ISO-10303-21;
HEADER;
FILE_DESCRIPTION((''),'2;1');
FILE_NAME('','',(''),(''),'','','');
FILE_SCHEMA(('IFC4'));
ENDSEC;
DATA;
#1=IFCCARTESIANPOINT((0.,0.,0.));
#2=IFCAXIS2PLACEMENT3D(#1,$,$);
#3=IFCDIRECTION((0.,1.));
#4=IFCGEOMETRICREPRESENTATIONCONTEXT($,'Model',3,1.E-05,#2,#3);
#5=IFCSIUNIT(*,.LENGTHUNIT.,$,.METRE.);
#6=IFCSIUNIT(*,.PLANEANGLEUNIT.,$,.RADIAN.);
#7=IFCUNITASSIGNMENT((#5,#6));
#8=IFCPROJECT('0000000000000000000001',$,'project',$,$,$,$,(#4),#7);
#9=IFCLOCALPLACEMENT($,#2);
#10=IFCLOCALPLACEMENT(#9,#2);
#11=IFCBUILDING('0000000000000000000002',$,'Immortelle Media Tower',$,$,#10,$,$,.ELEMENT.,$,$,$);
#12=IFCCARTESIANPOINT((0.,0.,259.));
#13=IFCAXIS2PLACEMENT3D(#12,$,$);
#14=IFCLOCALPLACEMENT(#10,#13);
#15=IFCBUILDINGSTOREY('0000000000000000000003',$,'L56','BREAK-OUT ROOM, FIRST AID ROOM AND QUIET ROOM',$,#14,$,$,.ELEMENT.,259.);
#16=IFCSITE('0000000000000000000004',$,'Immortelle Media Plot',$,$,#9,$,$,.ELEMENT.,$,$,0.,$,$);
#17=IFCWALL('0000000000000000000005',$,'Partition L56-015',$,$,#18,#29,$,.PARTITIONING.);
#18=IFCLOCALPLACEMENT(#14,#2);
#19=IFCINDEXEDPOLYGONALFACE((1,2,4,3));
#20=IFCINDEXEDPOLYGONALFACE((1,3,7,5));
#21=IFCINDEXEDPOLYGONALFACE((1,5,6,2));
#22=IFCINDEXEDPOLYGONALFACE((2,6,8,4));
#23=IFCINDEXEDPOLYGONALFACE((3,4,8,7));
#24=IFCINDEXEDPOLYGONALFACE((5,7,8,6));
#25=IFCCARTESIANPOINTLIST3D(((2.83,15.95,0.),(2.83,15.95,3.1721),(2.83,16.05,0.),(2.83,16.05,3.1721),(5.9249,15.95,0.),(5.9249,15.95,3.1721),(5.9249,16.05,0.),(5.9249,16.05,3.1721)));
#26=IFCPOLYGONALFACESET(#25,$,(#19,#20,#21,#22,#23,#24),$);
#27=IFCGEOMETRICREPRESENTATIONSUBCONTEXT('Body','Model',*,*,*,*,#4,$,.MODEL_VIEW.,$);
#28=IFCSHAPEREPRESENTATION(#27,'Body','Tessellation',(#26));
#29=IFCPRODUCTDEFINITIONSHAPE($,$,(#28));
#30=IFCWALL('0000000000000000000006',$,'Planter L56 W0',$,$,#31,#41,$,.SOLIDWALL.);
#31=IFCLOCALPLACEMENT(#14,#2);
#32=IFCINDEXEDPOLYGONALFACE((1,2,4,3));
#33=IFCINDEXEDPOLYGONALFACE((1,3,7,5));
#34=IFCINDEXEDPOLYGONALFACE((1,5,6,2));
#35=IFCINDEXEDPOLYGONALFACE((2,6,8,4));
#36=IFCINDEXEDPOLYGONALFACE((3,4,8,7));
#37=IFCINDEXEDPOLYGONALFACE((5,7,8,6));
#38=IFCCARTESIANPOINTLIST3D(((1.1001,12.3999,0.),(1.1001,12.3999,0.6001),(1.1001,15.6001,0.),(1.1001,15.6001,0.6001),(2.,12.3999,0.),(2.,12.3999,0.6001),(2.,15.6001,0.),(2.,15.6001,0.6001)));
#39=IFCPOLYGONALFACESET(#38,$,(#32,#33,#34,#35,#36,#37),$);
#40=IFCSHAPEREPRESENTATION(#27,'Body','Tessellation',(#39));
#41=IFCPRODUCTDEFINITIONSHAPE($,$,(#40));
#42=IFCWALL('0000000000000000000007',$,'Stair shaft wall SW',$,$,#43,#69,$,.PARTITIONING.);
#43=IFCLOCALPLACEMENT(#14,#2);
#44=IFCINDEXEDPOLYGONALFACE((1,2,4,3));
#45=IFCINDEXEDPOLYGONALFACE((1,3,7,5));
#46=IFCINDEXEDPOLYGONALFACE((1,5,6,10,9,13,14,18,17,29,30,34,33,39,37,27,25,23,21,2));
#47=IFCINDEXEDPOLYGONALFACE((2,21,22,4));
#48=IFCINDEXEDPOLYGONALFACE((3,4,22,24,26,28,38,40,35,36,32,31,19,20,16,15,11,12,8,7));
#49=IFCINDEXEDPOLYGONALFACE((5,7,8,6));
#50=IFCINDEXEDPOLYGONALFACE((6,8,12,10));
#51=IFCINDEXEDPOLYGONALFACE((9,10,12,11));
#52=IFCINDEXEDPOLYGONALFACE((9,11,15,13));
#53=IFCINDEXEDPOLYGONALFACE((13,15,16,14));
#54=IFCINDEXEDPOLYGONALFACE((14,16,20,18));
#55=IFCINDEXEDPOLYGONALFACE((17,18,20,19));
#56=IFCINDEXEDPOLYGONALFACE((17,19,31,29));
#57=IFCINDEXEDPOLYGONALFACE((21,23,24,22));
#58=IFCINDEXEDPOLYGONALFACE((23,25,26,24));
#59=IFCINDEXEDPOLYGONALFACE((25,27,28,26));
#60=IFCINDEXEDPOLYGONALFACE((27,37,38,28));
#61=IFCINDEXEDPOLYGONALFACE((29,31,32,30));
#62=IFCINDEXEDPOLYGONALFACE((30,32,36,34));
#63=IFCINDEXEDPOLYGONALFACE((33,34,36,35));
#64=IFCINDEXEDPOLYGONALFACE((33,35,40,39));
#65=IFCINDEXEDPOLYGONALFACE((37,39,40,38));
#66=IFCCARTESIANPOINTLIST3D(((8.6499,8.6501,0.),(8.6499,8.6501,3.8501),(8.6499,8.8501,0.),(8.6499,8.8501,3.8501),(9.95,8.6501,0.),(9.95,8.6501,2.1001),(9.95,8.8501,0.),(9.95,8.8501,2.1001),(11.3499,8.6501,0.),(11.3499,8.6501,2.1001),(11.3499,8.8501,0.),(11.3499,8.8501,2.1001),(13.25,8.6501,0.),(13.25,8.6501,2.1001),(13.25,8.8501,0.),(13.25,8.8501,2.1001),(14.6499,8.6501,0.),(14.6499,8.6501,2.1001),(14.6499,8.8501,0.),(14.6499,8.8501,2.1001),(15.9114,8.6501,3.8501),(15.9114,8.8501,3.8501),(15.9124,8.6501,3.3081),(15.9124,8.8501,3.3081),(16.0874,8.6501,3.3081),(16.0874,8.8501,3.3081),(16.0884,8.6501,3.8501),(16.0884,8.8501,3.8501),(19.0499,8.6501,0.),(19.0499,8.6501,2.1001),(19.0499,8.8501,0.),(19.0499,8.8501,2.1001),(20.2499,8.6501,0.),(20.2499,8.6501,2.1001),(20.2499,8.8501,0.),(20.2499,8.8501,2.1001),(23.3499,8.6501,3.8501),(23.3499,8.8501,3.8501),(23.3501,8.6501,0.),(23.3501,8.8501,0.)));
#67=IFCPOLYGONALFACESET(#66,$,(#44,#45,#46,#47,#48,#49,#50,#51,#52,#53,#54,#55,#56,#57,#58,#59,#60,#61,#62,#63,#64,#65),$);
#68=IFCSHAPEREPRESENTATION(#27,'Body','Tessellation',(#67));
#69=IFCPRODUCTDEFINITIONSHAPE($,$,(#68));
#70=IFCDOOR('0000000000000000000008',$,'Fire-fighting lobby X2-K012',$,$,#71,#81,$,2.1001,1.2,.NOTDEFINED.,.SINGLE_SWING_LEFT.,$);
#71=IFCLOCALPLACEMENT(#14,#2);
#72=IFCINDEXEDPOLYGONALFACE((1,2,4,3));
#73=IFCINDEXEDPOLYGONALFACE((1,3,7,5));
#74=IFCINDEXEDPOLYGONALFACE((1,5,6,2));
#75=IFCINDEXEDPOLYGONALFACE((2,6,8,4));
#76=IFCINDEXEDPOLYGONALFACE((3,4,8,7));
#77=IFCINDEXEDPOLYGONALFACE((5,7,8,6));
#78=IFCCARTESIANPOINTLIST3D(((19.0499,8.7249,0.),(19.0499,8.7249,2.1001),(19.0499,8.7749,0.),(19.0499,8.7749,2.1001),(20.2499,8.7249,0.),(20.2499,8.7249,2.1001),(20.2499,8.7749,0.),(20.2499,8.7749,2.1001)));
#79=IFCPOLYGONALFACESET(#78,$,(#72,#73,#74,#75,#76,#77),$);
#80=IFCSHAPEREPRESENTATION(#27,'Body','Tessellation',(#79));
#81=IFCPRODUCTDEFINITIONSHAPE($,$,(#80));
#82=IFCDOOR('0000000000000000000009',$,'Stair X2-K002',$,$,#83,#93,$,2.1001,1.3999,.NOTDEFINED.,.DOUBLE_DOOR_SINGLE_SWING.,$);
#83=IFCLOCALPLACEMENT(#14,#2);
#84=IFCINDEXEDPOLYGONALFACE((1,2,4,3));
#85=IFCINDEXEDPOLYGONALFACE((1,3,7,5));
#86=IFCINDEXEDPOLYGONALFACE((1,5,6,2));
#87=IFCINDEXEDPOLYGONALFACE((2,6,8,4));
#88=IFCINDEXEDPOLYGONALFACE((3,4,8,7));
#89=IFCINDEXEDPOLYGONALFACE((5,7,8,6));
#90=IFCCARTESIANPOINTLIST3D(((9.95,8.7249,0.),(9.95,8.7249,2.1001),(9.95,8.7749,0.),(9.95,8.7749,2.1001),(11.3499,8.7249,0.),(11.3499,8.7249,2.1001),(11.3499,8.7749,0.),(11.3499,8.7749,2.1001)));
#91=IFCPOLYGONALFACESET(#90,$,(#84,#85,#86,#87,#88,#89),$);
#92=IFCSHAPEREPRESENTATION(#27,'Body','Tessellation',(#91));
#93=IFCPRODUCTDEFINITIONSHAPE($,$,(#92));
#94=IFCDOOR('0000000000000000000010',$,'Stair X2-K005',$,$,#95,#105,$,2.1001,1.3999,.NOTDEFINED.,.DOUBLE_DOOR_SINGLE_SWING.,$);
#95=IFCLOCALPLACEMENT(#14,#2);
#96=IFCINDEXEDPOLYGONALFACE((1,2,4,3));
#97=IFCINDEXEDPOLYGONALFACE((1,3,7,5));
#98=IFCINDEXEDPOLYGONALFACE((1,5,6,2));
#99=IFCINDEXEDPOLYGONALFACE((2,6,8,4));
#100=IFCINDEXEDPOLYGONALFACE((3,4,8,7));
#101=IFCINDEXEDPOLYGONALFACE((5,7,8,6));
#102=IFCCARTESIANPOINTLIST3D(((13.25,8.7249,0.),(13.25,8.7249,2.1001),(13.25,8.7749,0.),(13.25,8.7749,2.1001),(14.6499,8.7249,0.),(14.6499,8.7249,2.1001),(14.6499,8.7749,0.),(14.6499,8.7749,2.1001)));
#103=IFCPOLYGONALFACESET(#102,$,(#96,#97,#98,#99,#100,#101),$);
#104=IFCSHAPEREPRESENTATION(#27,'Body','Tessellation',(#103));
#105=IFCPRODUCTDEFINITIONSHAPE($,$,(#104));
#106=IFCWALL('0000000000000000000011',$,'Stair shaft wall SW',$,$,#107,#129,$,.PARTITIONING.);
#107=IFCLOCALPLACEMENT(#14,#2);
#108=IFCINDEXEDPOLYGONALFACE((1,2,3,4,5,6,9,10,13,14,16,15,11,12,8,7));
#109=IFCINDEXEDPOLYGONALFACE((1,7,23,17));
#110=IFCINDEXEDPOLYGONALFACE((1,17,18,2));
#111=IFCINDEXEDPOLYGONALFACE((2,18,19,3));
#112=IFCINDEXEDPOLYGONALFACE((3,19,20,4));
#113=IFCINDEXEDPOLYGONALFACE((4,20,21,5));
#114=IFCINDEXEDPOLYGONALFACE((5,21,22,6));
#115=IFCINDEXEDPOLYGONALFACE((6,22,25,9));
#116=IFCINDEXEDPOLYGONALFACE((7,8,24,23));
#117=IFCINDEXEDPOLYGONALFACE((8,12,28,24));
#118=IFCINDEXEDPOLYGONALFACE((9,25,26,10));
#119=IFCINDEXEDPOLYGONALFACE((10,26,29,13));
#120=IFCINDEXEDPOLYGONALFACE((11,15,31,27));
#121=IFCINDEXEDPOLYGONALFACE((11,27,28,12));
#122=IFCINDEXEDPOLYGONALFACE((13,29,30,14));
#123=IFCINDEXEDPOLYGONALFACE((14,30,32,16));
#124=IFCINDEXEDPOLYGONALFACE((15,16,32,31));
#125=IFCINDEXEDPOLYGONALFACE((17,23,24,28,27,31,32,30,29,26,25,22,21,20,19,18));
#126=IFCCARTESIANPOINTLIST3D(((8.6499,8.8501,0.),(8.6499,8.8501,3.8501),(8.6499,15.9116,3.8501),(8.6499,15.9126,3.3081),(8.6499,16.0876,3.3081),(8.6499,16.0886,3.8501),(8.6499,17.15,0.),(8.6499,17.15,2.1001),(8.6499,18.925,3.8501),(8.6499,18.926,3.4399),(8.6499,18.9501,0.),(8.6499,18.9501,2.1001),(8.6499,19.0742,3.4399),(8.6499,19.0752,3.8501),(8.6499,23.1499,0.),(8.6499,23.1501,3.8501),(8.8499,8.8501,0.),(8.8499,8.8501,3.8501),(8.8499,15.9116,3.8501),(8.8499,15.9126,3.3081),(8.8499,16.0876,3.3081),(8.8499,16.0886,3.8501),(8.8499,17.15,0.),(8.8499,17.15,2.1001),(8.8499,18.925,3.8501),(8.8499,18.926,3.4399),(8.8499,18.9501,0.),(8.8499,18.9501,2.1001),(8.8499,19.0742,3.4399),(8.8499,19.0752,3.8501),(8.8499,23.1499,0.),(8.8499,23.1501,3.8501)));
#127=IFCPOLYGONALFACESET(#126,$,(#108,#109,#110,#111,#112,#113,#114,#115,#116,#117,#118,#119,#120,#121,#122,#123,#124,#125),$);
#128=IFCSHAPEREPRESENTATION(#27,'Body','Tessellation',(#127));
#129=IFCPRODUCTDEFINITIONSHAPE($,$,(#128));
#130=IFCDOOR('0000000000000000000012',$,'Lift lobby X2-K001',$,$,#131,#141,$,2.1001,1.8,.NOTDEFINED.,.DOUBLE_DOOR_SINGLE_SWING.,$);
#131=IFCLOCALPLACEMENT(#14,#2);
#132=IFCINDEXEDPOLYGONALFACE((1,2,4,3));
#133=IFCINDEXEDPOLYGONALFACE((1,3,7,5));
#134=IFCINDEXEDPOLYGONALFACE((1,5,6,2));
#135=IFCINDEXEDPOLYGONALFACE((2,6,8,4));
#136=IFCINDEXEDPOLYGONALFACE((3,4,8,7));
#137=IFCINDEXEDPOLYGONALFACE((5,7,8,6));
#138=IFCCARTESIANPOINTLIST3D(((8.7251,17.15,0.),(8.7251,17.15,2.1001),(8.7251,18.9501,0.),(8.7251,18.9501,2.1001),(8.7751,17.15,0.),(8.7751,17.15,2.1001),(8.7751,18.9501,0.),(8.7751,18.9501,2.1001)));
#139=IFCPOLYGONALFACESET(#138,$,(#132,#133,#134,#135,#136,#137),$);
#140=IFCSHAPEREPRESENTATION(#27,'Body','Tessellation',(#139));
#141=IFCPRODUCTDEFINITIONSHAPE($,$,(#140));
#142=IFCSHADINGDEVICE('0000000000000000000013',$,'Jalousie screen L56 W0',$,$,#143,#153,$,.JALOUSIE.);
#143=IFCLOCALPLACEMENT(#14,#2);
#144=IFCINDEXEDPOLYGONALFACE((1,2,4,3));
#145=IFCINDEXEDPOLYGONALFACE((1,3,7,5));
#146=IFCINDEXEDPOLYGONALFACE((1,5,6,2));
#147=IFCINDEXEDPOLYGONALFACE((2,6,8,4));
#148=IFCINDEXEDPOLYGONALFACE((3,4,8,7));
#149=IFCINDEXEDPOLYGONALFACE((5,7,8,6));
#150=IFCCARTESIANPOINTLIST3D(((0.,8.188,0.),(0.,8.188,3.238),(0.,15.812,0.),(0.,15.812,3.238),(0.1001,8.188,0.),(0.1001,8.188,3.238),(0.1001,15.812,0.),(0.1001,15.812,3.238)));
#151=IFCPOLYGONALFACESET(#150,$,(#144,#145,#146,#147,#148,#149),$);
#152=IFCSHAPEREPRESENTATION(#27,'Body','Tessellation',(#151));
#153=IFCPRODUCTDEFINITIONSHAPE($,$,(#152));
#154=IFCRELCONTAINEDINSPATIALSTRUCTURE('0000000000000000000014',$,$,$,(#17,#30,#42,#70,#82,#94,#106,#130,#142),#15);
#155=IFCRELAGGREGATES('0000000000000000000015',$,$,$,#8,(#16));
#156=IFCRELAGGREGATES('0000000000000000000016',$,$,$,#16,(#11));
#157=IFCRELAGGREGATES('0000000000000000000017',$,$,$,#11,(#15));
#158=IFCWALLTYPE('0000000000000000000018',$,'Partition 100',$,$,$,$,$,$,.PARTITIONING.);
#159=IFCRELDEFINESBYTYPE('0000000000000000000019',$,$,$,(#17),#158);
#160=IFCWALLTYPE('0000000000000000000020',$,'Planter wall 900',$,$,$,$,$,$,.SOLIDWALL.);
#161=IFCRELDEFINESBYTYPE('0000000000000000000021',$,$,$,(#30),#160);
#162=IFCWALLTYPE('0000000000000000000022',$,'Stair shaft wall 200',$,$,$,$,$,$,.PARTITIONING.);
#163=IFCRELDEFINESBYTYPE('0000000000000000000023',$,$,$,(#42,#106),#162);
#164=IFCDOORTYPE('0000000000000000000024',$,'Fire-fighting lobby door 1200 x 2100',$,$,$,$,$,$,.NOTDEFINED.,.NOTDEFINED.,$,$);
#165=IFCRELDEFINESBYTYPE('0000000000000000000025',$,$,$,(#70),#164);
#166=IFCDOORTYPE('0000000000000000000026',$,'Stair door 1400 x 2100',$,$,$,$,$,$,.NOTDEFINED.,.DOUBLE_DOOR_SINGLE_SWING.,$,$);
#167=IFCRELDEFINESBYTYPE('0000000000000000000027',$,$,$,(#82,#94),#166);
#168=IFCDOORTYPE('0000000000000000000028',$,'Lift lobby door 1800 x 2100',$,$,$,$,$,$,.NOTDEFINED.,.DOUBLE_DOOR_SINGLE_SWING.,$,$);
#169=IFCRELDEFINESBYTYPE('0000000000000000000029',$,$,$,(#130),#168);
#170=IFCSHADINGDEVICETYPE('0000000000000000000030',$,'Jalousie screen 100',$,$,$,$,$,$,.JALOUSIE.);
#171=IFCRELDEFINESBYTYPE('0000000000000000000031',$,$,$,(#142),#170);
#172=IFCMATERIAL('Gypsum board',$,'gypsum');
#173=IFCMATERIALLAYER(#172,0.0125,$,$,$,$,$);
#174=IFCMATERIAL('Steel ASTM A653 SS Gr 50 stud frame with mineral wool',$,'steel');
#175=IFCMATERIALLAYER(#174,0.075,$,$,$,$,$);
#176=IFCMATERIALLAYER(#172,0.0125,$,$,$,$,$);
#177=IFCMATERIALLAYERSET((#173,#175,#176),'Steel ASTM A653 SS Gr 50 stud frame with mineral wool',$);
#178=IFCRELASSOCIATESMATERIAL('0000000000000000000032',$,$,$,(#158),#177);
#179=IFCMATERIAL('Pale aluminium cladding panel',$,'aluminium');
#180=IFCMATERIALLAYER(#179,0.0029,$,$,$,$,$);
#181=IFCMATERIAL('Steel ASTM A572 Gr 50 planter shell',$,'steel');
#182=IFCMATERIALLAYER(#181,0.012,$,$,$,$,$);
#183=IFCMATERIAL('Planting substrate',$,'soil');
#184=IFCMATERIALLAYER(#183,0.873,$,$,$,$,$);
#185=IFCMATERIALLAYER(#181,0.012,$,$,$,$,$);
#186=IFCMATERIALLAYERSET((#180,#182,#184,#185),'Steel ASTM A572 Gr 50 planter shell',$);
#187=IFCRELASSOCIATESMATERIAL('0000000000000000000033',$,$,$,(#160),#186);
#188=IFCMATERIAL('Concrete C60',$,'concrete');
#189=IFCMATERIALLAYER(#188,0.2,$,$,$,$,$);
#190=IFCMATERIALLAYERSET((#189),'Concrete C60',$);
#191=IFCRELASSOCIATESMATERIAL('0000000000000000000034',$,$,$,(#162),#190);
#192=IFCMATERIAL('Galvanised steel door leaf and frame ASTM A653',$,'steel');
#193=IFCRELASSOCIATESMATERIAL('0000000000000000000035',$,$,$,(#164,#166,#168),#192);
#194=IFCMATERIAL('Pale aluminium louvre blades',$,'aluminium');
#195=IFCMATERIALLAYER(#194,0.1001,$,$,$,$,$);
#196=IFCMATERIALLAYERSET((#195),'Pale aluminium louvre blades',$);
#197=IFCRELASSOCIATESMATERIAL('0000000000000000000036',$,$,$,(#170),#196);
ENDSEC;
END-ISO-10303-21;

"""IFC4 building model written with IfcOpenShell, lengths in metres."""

from ifc_helpers import new_model, si_unit, direction, frame, frame_2d, origin, origin_2d, place, context, subcontext, project, spatial, polyline, rectangle, outline, extrude, material, layer, layer_set, type_object, element, fill, save


model = new_model("IFC4")

# Units and contexts
model_context = context("Model", 3, precision=1e-05, world=origin(), true_north=direction((0.0, 1.0)))
body_context = subcontext(model_context, "Body", "Model", "MODEL_VIEW")
ifc_project = project(units=[si_unit("LENGTHUNIT", "METRE"), si_unit("PLANEANGLEUNIT", "RADIAN")], contexts=[model_context])

# Site, building, storey
site_placement = place(None, origin())
site = spatial("IfcSite", under=ifc_project, at=site_placement, Name="Immortelle Media Plot", CompositionType="ELEMENT", RefElevation=0.0)
building_placement = place(site_placement, origin())
building = spatial("IfcBuilding", under=site, at=building_placement, Name="Immortelle Media Tower", CompositionType="ELEMENT")
storey_placement = place(building_placement, frame((0.0, 0.0, 259.0)))
storey = spatial("IfcBuildingStorey", under=building, at=storey_placement, Name="L56", Description="BREAK-OUT ROOM, FIRST AID ROOM AND QUIET ROOM", CompositionType="ELEMENT", Elevation=259.0)

# Shared definitions
ifc_material_1 = material(Name="Pale aluminium cladding panel", Category="aluminium")
ifc_material_2 = material(Name="Steel ASTM A653 SS Gr 50 stud frame with mineral wool", Category="steel")

# Walls
ifc_material_3 = material(Name="Gypsum board", Category="gypsum")
ifc_layer_1 = layer(ifc_material_3, 0.0125)
ifc_layer_2 = layer(ifc_material_2, 0.075)
ifc_layer_3 = layer(ifc_material_3, 0.0125)
ifc_layer_set_1 = layer_set([ifc_layer_1, ifc_layer_2, ifc_layer_3], Name="Steel ASTM A653 SS Gr 50 stud frame with mineral wool")
wall_type_1 = type_object("IfcWallType", Name="Partition 100", PredefinedType="PARTITIONING", material=ifc_layer_set_1)
wall_1_placement = place(storey_placement, frame((2.8301, 16.0, 0.0), z_axis=(0.0, 0.0, 1.0), x_axis=(1.0, 0.0, 0.0)))
element("IfcWall", 1, at=wall_1_placement, inside=storey, type_object=wall_type_1, Name="Partition L56-015", PredefinedType="PARTITIONING", context=body_context, shape_type="SweptSolid", body=[
    extrude(rectangle(XDim=3.095, YDim=0.1001, at=frame_2d((1.5474, 0.0))), origin(), (0.0, 0.0, 1.0), 3.1721),
])
ifc_layer_4 = layer(ifc_material_1, 0.0029)
ifc_material_4 = material(Name="Steel ASTM A572 Gr 50 planter shell", Category="steel")
ifc_layer_5 = layer(ifc_material_4, 0.012)
ifc_material_5 = material(Name="Planting substrate", Category="soil")
ifc_layer_6 = layer(ifc_material_5, 0.873)
ifc_layer_7 = layer(ifc_material_4, 0.012)
ifc_layer_set_2 = layer_set([ifc_layer_4, ifc_layer_5, ifc_layer_6, ifc_layer_7], Name="Steel ASTM A572 Gr 50 planter shell")
wall_type_2 = type_object("IfcWallType", Name="Planter wall 900", PredefinedType="SOLIDWALL", material=ifc_layer_set_2)
wall_2_placement = place(storey_placement, frame((1.55, 15.6001, 0.0), z_axis=(0.0, 0.0, 1.0), x_axis=(0.0, -1.0, 0.0)))
element("IfcWall", 2, at=wall_2_placement, inside=storey, type_object=wall_type_2, Name="Planter L56 W0", PredefinedType="SOLIDWALL", context=body_context, shape_type="SweptSolid", body=[
    extrude(rectangle(XDim=3.2002, YDim=0.8999, at=frame_2d((1.6001, 0.0))), origin(), (0.0, 0.0, 1.0), 0.6001),
])

# Wall, openings, doors
ifc_material_6 = material(Name="Concrete C60", Category="concrete")
ifc_layer_8 = layer(ifc_material_6, 0.2)
ifc_layer_set_3 = layer_set([ifc_layer_8], Name="Concrete C60")
wall_type_3 = type_object("IfcWallType", Name="Stair shaft wall 200", PredefinedType="PARTITIONING", material=ifc_layer_set_3)
wall_3_placement = place(storey_placement, frame((8.6499, 8.75, 0.0), z_axis=(0.0, 0.0, 1.0), x_axis=(1.0, 0.0, 0.0)))
wall_3 = element("IfcWall", 3, at=wall_3_placement, inside=storey, type_object=wall_type_3, Name="Stair shaft wall SW", PredefinedType="PARTITIONING", context=body_context, shape_type="SweptSolid", body=[
    extrude(outline(polyline([(0.0, 0.0), (14.7002, 0.0), (14.7, 3.8501), (7.4385, 3.8501), (7.4375, 3.3081), (7.2625, 3.3081), (7.2615, 3.8501), (0.0, 3.8501), (0.0, 0.0)])), frame((0.0, 0.1001, 0.0), z_axis=(0.0, -1.0, 0.0), x_axis=(1.0, 0.0, 0.0)), (0.0, 0.0, 1.0), 0.2),
])
opening_1_placement = place(wall_3_placement, frame((1.3, 0.0, 0.0)))
opening_1 = element("IfcOpeningElement", 4, at=opening_1_placement, cuts=wall_3, PredefinedType="OPENING", context=body_context, shape_type="SweptSolid", body=[
    extrude(rectangle(XDim=1.3999, YDim=2.1001, at=frame_2d((0.7, 1.05))), frame((0.0, 0.1099, 0.0), z_axis=(0.0, -1.0, 0.0), x_axis=(1.0, 0.0, 0.0)), (0.0, 0.0, 1.0), 0.22),
])
opening_2_placement = place(wall_3_placement, frame((4.6001, 0.0, 0.0)))
opening_2 = element("IfcOpeningElement", 5, at=opening_2_placement, cuts=wall_3, PredefinedType="OPENING", context=body_context, shape_type="SweptSolid", body=[
    extrude(rectangle(XDim=1.3999, YDim=2.1001, at=frame_2d((0.7, 1.05))), frame((0.0, 0.1099, 0.0), z_axis=(0.0, -1.0, 0.0), x_axis=(1.0, 0.0, 0.0)), (0.0, 0.0, 1.0), 0.22),
])
opening_3_placement = place(wall_3_placement, frame((10.3999, 0.0, 0.0)))
opening_3 = element("IfcOpeningElement", 6, at=opening_3_placement, cuts=wall_3, PredefinedType="OPENING", context=body_context, shape_type="SweptSolid", body=[
    extrude(rectangle(XDim=1.2, YDim=2.1001, at=frame_2d((0.6001, 1.05))), frame((0.0, 0.1099, 0.0), z_axis=(0.0, -1.0, 0.0), x_axis=(1.0, 0.0, 0.0)), (0.0, 0.0, 1.0), 0.22),
])
ifc_material_7 = material(Name="Galvanised steel door leaf and frame ASTM A653", Category="steel")
door_type_1 = type_object("IfcDoorType", Name="Fire-fighting lobby door 1200 x 2100", OperationType="NOTDEFINED", PredefinedType="NOTDEFINED", material=ifc_material_7)
door_1_placement = place(opening_3_placement, origin())
door_1 = element("IfcDoor", 7, at=door_1_placement, inside=storey, type_object=door_type_1, Name="Fire-fighting lobby X2-K012", OperationType="SINGLE_SWING_LEFT", OverallHeight=2.1001, OverallWidth=1.2, PredefinedType="NOTDEFINED", context=body_context, shape_type="SweptSolid", body=[
    extrude(rectangle(XDim=1.2, YDim=2.1001, at=frame_2d((0.6001, 1.05))), frame((0.0, 0.0249, 0.0), z_axis=(0.0, -1.0, 0.0), x_axis=(1.0, 0.0, 0.0)), (0.0, 0.0, 1.0), 0.05),
])
fill(opening_3, door_1)
door_type_2 = type_object("IfcDoorType", Name="Stair door 1400 x 2100", OperationType="DOUBLE_DOOR_SINGLE_SWING", PredefinedType="NOTDEFINED", material=ifc_material_7)
door_2_placement = place(opening_1_placement, origin())
door_2 = element("IfcDoor", 8, at=door_2_placement, inside=storey, type_object=door_type_2, Name="Stair X2-K002", OperationType="DOUBLE_DOOR_SINGLE_SWING", OverallHeight=2.1001, OverallWidth=1.3999, PredefinedType="NOTDEFINED", context=body_context, shape_type="SweptSolid", body=[
    extrude(rectangle(XDim=1.3999, YDim=2.1001, at=frame_2d((0.7, 1.05))), frame((0.0, 0.0249, 0.0), z_axis=(0.0, -1.0, 0.0), x_axis=(1.0, 0.0, 0.0)), (0.0, 0.0, 1.0), 0.05),
])
fill(opening_1, door_2)
door_3_placement = place(opening_2_placement, origin())
door_3 = element("IfcDoor", 9, at=door_3_placement, inside=storey, type_object=door_type_2, Name="Stair X2-K005", OperationType="DOUBLE_DOOR_SINGLE_SWING", OverallHeight=2.1001, OverallWidth=1.3999, PredefinedType="NOTDEFINED", context=body_context, shape_type="SweptSolid", body=[
    extrude(rectangle(XDim=1.3999, YDim=2.1001, at=frame_2d((0.7, 1.05))), frame((0.0, 0.0249, 0.0), z_axis=(0.0, -1.0, 0.0), x_axis=(1.0, 0.0, 0.0)), (0.0, 0.0, 1.0), 0.05),
])
fill(opening_2, door_3)

# Wall, opening, door
wall_4_placement = place(storey_placement, frame((8.75, 8.8501, 0.0), z_axis=(0.0, 0.0, 1.0), x_axis=(0.0, 1.0, 0.0)))
wall_4 = element("IfcWall", 10, at=wall_4_placement, inside=storey, type_object=wall_type_3, Name="Stair shaft wall SW", PredefinedType="PARTITIONING", context=body_context, shape_type="SweptSolid", body=[
    extrude(outline(polyline([(0.0, 0.0), (14.2998, 0.0), (14.3, 3.8501), (10.2251, 3.8501), (10.2241, 3.4399), (10.0759, 3.4399), (10.075, 3.8501), (7.2385, 3.8501), (7.2375, 3.3081), (7.0625, 3.3081), (7.0615, 3.8501), (0.0, 3.8501), (0.0, 0.0)])), frame((0.0, 0.1001, 0.0), z_axis=(0.0, -1.0, 0.0), x_axis=(1.0, 0.0, 0.0)), (0.0, 0.0, 1.0), 0.2),
])
opening_4_placement = place(wall_4_placement, frame((8.3, 0.0, 0.0)))
opening_4 = element("IfcOpeningElement", 11, at=opening_4_placement, cuts=wall_4, PredefinedType="OPENING", context=body_context, shape_type="SweptSolid", body=[
    extrude(rectangle(XDim=1.8, YDim=2.1001, at=frame_2d((0.8999, 1.05))), frame((0.0, 0.1099, 0.0), z_axis=(0.0, -1.0, 0.0), x_axis=(1.0, 0.0, 0.0)), (0.0, 0.0, 1.0), 0.22),
])
door_type_3 = type_object("IfcDoorType", Name="Lift lobby door 1800 x 2100", OperationType="DOUBLE_DOOR_SINGLE_SWING", PredefinedType="NOTDEFINED", material=ifc_material_7)
door_4_placement = place(opening_4_placement, origin())
door_4 = element("IfcDoor", 12, at=door_4_placement, inside=storey, type_object=door_type_3, Name="Lift lobby X2-K001", OperationType="DOUBLE_DOOR_SINGLE_SWING", OverallHeight=2.1001, OverallWidth=1.8, PredefinedType="NOTDEFINED", context=body_context, shape_type="SweptSolid", body=[
    extrude(rectangle(XDim=1.8, YDim=2.1001, at=frame_2d((0.8999, 1.05))), frame((0.0, 0.0249, 0.0), z_axis=(0.0, -1.0, 0.0), x_axis=(1.0, 0.0, 0.0)), (0.0, 0.0, 1.0), 0.05),
])
fill(opening_4, door_4)

# Shading device
ifc_material_8 = material(Name="Pale aluminium louvre blades", Category="aluminium")
ifc_layer_9 = layer(ifc_material_8, 0.1001)
ifc_layer_set_4 = layer_set([ifc_layer_9], Name="Pale aluminium louvre blades")
shading_device_type_1 = type_object("IfcShadingDeviceType", Name="Jalousie screen 100", PredefinedType="JALOUSIE", material=ifc_layer_set_4)
shading_device_1_placement = place(storey_placement, frame((0.05, 12.0, 0.0), z_axis=(0.0, 0.0, 1.0), x_axis=(0.0, -1.0, 0.0)))
element("IfcShadingDevice", 13, at=shading_device_1_placement, inside=storey, type_object=shading_device_type_1, Name="Jalousie screen L56 W0", PredefinedType="JALOUSIE", context=body_context, shape_type="SweptSolid", body=[
    extrude(rectangle(XDim=7.624, YDim=0.1001, at=origin_2d()), origin(), (0.0, 0.0, 1.0), 3.238),
])

save(model, "model.ifc")
